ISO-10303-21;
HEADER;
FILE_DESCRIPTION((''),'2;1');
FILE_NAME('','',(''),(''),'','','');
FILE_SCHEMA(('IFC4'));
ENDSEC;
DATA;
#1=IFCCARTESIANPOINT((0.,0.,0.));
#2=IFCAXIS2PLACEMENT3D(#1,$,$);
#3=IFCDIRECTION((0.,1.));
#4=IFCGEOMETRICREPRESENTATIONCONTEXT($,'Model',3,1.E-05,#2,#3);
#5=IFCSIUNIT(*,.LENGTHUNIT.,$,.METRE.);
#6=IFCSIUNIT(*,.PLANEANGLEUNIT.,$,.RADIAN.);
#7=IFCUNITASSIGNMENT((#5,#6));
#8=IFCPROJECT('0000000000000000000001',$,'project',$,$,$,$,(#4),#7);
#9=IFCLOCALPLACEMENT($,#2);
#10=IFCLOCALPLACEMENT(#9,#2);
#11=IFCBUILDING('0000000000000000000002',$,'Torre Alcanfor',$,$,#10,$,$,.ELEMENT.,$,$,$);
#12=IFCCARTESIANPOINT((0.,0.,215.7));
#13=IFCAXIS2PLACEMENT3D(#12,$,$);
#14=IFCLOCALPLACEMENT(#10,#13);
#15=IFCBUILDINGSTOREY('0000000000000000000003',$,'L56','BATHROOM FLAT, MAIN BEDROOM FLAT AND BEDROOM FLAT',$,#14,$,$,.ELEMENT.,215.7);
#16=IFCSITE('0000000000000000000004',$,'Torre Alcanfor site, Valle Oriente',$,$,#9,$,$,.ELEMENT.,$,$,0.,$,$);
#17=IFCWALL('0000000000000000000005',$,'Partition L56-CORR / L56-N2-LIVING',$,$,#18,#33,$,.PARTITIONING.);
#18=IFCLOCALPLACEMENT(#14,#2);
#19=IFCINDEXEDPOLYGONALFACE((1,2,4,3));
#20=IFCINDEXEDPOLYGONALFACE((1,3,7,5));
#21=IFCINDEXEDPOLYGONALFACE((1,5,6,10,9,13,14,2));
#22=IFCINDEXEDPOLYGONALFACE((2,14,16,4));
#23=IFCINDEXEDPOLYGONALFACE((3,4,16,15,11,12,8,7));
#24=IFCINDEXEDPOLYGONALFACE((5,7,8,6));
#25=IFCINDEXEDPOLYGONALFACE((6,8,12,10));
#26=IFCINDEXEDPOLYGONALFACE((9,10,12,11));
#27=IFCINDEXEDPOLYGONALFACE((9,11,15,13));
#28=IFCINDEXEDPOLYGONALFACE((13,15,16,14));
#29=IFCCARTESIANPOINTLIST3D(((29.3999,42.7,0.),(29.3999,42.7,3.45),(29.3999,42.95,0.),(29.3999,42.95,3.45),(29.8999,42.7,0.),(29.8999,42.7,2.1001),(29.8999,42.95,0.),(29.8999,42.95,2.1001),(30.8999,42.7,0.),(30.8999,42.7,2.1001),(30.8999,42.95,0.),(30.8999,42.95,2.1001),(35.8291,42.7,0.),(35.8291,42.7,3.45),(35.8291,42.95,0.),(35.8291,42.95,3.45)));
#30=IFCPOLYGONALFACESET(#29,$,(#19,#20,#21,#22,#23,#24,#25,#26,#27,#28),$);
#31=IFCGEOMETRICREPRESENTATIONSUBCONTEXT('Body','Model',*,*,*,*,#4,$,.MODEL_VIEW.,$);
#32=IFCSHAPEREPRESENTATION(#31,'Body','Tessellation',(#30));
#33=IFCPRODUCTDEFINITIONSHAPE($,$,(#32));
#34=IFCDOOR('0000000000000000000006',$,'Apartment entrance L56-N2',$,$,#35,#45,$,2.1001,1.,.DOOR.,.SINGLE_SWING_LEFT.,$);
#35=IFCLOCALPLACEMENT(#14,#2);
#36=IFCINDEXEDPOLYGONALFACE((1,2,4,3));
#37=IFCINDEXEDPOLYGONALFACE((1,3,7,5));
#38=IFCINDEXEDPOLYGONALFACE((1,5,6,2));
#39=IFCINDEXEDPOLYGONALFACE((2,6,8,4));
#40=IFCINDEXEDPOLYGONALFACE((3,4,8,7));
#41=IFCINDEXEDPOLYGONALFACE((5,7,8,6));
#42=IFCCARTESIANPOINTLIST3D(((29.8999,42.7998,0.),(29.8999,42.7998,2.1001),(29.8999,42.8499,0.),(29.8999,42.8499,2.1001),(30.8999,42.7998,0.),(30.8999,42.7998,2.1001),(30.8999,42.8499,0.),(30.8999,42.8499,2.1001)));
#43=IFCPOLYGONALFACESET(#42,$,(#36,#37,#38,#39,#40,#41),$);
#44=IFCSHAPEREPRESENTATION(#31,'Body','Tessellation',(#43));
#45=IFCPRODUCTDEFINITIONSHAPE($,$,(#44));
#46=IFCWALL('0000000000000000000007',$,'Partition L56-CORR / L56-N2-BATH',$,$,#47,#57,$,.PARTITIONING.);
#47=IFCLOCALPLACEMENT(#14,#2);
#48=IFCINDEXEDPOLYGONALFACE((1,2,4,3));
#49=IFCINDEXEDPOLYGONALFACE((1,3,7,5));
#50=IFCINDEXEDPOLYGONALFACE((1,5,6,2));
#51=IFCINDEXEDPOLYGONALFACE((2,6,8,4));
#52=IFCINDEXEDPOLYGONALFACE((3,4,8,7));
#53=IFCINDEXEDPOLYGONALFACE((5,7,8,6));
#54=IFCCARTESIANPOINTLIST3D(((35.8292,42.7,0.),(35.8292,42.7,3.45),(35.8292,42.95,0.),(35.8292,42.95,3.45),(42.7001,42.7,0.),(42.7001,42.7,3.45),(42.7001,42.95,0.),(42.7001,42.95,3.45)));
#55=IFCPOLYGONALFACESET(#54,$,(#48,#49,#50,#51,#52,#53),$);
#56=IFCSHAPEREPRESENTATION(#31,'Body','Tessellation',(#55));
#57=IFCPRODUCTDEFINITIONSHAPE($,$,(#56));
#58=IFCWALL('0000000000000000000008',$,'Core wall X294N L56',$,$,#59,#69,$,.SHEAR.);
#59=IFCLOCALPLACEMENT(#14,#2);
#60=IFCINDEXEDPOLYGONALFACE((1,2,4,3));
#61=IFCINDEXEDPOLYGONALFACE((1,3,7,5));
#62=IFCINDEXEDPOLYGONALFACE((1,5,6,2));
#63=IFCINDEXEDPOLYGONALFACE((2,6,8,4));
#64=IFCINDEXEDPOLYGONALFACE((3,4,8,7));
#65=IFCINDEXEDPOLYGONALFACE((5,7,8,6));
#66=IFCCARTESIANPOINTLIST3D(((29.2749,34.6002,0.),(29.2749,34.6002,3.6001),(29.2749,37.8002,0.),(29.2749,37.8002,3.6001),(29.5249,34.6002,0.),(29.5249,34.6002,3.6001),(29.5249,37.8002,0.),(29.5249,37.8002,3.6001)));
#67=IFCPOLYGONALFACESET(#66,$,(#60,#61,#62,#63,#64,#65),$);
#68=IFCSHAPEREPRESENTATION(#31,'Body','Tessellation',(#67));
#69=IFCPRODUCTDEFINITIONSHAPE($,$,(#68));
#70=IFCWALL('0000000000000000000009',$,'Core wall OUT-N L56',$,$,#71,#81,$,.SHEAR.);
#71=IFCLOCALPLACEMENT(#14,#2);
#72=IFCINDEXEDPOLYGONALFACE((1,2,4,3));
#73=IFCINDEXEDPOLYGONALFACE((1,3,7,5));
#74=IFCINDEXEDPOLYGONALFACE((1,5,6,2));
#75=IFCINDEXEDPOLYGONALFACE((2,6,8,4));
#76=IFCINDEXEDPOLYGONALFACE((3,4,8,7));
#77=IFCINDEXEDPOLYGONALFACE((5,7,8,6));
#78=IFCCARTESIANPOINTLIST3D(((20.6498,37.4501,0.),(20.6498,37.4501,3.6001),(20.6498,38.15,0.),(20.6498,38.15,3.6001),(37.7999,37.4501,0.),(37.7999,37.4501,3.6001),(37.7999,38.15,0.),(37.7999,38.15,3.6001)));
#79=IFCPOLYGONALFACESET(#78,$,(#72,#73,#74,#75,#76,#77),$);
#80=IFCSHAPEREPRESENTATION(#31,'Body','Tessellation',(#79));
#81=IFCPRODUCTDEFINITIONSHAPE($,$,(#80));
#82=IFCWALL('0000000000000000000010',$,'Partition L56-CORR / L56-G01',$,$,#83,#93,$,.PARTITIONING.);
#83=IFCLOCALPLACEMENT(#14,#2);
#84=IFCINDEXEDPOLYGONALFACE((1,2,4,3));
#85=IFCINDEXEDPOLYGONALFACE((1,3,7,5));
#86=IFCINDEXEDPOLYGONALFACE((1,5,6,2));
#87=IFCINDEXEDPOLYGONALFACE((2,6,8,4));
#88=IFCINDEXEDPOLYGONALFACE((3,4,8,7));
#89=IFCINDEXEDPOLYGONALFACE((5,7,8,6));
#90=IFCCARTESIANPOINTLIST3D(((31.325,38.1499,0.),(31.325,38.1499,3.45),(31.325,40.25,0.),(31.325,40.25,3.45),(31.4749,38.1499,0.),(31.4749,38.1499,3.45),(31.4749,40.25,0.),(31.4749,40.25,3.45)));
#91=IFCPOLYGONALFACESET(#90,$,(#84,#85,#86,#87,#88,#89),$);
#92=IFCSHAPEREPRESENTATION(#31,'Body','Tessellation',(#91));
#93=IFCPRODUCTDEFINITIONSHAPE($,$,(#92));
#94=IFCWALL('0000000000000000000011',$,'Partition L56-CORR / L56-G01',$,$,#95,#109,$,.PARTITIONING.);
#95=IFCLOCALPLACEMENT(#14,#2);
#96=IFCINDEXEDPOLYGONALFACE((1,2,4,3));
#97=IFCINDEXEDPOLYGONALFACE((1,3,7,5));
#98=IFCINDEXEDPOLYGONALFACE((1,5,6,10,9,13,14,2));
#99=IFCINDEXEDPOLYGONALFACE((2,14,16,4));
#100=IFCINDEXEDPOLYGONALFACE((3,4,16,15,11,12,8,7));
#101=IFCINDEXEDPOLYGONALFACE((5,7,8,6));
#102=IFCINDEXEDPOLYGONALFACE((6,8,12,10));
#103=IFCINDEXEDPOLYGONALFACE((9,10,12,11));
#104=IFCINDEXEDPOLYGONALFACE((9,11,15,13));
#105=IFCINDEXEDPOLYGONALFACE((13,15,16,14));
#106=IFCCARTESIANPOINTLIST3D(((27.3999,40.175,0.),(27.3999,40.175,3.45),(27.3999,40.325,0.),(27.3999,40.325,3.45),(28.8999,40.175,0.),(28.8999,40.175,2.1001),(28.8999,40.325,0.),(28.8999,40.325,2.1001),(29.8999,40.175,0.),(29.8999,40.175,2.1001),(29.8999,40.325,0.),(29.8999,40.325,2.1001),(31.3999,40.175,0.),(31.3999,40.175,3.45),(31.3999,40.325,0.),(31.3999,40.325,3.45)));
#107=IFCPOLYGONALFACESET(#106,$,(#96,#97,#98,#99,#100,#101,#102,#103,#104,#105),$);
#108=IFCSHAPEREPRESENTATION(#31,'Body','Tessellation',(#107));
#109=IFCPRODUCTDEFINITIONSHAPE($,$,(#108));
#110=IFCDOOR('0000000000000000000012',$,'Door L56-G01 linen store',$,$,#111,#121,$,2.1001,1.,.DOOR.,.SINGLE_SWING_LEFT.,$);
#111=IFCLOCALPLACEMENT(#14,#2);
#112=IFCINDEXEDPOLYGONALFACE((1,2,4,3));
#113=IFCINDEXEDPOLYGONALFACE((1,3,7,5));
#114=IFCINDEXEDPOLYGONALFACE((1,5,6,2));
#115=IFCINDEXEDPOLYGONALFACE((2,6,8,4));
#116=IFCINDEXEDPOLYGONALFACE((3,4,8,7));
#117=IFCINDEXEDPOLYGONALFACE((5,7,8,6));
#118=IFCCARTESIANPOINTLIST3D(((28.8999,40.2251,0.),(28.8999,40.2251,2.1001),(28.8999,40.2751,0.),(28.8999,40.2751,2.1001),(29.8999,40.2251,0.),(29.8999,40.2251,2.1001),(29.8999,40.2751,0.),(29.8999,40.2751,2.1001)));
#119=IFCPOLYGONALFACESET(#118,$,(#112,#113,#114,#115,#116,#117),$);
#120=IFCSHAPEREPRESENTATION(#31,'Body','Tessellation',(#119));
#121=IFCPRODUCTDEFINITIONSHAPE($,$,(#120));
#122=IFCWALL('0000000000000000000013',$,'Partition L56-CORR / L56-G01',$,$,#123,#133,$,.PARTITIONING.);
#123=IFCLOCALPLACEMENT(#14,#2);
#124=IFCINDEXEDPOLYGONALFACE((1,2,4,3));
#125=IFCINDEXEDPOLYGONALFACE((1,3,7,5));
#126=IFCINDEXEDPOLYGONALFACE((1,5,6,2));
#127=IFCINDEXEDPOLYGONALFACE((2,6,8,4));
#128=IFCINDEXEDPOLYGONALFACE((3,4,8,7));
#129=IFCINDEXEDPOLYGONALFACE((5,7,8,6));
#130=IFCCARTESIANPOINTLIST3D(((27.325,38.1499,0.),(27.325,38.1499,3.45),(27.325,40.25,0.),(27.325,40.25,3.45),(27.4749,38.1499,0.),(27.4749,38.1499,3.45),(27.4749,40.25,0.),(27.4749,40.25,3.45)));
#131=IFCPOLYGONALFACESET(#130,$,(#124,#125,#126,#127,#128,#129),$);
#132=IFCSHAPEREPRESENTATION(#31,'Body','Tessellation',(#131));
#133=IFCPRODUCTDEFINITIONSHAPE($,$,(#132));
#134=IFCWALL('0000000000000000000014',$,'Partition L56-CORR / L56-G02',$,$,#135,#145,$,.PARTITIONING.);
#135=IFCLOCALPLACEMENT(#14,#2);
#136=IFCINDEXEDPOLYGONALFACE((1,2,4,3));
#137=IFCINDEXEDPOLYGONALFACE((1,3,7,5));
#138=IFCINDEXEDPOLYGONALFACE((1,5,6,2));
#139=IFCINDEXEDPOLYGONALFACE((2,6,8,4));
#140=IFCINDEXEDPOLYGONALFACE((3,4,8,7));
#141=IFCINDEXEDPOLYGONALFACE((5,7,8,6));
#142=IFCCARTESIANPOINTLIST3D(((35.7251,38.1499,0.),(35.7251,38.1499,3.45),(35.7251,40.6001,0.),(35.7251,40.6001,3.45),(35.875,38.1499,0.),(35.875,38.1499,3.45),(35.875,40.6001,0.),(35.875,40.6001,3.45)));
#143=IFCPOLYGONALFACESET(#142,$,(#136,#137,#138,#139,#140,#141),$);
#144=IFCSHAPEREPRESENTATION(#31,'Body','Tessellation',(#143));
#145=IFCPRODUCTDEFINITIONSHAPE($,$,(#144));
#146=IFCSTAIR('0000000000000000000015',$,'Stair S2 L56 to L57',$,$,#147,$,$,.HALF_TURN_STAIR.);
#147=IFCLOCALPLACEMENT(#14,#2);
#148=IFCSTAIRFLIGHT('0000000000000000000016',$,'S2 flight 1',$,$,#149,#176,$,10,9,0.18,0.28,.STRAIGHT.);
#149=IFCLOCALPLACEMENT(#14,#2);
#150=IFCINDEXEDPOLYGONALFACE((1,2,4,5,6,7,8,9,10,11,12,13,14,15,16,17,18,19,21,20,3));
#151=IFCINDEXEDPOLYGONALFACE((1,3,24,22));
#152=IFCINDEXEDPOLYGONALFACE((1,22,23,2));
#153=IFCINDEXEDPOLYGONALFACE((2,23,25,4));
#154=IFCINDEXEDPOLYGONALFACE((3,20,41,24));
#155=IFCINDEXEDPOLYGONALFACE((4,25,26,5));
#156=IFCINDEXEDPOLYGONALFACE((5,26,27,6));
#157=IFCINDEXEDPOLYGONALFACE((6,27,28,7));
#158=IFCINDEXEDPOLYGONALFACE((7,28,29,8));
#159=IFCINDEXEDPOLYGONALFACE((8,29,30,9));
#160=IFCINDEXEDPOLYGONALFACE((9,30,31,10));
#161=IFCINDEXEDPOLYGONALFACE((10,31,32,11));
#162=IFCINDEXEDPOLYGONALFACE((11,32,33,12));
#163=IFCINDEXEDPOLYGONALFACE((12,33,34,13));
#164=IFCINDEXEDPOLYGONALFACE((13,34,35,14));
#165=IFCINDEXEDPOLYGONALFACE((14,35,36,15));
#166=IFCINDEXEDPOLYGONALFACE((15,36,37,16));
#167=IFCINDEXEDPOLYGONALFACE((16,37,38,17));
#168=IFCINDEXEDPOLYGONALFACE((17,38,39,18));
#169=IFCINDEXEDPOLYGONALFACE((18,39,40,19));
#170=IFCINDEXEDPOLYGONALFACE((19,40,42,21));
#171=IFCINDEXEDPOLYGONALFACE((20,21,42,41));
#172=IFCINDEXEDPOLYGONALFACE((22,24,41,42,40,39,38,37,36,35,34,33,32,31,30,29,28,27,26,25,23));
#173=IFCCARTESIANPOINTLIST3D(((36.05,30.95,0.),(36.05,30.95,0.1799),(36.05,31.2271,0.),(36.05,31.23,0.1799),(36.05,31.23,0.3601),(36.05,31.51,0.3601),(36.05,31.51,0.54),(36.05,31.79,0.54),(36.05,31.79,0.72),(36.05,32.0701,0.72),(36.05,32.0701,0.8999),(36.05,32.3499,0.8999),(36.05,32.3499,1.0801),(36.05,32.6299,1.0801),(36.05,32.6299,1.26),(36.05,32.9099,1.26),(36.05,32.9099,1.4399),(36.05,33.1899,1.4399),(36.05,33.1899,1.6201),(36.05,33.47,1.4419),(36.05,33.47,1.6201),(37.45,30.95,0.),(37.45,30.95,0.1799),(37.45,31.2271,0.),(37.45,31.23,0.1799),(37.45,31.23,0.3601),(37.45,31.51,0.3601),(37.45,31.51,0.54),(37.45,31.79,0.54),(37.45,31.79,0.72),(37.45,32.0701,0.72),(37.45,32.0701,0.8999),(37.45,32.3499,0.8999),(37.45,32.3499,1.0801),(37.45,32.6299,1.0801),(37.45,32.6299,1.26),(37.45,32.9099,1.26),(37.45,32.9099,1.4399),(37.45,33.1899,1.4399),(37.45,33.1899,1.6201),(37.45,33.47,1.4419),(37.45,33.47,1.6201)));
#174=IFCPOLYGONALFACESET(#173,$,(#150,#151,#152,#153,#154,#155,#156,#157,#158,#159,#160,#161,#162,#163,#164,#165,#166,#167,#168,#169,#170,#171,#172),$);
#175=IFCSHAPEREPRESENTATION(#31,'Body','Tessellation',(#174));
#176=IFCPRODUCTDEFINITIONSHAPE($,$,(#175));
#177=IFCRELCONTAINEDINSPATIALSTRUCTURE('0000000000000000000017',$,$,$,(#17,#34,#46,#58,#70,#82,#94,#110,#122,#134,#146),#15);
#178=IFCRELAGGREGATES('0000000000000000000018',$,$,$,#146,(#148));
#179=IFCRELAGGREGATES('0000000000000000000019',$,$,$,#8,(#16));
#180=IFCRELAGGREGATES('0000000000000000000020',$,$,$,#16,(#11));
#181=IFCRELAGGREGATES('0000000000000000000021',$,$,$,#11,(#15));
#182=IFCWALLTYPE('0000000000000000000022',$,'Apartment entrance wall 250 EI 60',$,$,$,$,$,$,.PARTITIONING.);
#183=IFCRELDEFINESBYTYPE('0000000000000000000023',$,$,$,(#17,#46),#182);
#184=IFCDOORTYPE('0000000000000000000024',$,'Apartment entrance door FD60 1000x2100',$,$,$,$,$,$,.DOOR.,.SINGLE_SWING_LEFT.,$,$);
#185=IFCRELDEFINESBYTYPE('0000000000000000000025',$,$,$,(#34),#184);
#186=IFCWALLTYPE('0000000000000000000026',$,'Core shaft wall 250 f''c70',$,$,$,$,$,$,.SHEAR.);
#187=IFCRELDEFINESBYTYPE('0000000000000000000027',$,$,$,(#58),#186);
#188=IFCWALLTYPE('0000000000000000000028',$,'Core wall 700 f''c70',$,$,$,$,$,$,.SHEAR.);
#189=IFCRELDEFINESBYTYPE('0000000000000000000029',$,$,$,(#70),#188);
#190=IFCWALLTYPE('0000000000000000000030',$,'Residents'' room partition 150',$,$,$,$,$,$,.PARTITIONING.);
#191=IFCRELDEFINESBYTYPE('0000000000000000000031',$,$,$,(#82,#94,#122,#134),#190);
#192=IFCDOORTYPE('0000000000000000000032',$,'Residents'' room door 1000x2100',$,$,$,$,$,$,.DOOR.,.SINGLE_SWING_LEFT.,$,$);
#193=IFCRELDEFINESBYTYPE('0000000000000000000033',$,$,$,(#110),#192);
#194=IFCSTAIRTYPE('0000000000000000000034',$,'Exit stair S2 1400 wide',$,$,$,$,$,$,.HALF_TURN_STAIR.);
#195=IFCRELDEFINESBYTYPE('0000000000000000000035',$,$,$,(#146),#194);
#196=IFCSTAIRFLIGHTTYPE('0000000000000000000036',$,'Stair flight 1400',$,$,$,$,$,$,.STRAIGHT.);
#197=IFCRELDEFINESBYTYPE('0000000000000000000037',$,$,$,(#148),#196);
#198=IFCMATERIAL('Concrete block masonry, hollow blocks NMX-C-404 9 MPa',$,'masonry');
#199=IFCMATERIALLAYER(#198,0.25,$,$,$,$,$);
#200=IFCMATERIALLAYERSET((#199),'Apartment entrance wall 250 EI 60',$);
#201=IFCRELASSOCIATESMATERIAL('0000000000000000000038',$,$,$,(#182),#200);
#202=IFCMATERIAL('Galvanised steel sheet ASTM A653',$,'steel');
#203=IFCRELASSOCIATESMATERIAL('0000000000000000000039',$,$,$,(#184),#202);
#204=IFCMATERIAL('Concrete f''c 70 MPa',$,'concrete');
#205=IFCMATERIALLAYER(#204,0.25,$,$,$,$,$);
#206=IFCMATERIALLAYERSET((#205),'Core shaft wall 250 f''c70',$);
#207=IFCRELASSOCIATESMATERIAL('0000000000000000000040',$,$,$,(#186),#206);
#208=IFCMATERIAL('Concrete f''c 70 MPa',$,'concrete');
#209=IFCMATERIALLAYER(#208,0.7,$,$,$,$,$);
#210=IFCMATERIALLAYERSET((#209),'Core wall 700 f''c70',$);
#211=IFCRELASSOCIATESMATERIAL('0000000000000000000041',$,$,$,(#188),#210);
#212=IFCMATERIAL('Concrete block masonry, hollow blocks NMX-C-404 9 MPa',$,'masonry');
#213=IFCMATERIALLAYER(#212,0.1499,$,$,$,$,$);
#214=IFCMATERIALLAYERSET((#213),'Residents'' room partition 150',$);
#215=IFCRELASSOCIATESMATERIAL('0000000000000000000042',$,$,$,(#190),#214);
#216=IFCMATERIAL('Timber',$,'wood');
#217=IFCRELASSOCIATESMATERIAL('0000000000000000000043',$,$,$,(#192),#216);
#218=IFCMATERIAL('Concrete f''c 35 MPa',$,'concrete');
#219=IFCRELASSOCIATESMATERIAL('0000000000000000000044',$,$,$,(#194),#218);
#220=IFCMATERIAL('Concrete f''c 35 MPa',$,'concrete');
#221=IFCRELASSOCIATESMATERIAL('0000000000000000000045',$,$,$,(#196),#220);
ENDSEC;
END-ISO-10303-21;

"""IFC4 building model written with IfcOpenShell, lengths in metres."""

from ifc_helpers import new_model, si_unit, direction, frame, frame_2d, origin, place, context, subcontext, project, spatial, polyline, rectangle, outline, extrude, material, layer, layer_set, type_object, element, fill, aggregate, save


model = new_model("IFC4")

# Units and contexts
model_context = context("Model", 3, precision=1e-05, world=origin(), true_north=direction((0.0, 1.0)))
body_context = subcontext(model_context, "Body", "Model", "MODEL_VIEW")
ifc_project = project(units=[si_unit("LENGTHUNIT", "METRE"), si_unit("PLANEANGLEUNIT", "RADIAN")], contexts=[model_context])

# Site, building, storey
site_placement = place(None, origin())
site = spatial("IfcSite", under=ifc_project, at=site_placement, Name="Torre Alcanfor site, Valle Oriente", CompositionType="ELEMENT", RefElevation=0.0)
building_placement = place(site_placement, origin())
building = spatial("IfcBuilding", under=site, at=building_placement, Name="Torre Alcanfor", CompositionType="ELEMENT")
storey_placement = place(building_placement, frame((0.0, 0.0, 215.7)))
storey = spatial("IfcBuildingStorey", under=building, at=storey_placement, Name="L56", Description="BATHROOM FLAT, MAIN BEDROOM FLAT AND BEDROOM FLAT", CompositionType="ELEMENT", Elevation=215.7)

# Wall, opening, door
ifc_material_1 = material(Name="Concrete block masonry, hollow blocks NMX-C-404 9 MPa", Category="masonry")
ifc_layer_1 = layer(ifc_material_1, 0.25)
ifc_layer_set_1 = layer_set([ifc_layer_1], Name="Apartment entrance wall 250 EI 60")
wall_type_1 = type_object("IfcWallType", Name="Apartment entrance wall 250 EI 60", PredefinedType="PARTITIONING", material=ifc_layer_set_1)
wall_1_placement = place(storey_placement, frame((29.3999, 42.825, 0.0), z_axis=(0.0, 0.0, 1.0), x_axis=(1.0, 0.0, 0.0)))
wall_1 = element("IfcWall", 1, at=wall_1_placement, inside=storey, type_object=wall_type_1, Name="Partition L56-CORR / L56-N2-LIVING", PredefinedType="PARTITIONING", context=body_context, shape_type="SweptSolid", body=[
    extrude(rectangle(XDim=6.4292, YDim=0.25, at=frame_2d((3.2146, 0.0))), origin(), (0.0, 0.0, 1.0), 3.45),
])
opening_1_placement = place(wall_1_placement, frame((0.5, 0.0, 0.0)))
opening_1 = element("IfcOpeningElement", 2, at=opening_1_placement, cuts=wall_1, PredefinedType="OPENING", context=body_context, shape_type="SweptSolid", body=[
    extrude(rectangle(XDim=1.0, YDim=2.1001, at=frame_2d((0.5, 1.05))), frame((0.0, 0.135, 0.0), z_axis=(0.0, -1.0, 0.0), x_axis=(1.0, 0.0, 0.0)), (0.0, 0.0, 1.0), 0.27),
])
ifc_material_2 = material(Name="Galvanised steel sheet ASTM A653", Category="steel")
door_type_1 = type_object("IfcDoorType", Name="Apartment entrance door FD60 1000x2100", OperationType="SINGLE_SWING_LEFT", PredefinedType="DOOR", material=ifc_material_2)
door_1_placement = place(opening_1_placement, origin())
door_1 = element("IfcDoor", 3, at=door_1_placement, inside=storey, type_object=door_type_1, Name="Apartment entrance L56-N2", OperationType="SINGLE_SWING_LEFT", OverallHeight=2.1001, OverallWidth=1.0, PredefinedType="DOOR", context=body_context, shape_type="SweptSolid", body=[
    extrude(rectangle(XDim=1.0, YDim=2.1001, at=frame_2d((0.5, 1.05))), frame((0.0, 0.0249, 0.0), z_axis=(0.0, -1.0, 0.0), x_axis=(1.0, 0.0, 0.0)), (0.0, 0.0, 1.0), 0.05),
])
fill(opening_1, door_1)

# Walls
wall_2_placement = place(storey_placement, frame((35.8291, 42.825, 0.0), z_axis=(0.0, 0.0, 1.0), x_axis=(1.0, 0.0, 0.0)))
element("IfcWall", 4, at=wall_2_placement, inside=storey, type_object=wall_type_1, Name="Partition L56-CORR / L56-N2-BATH", PredefinedType="PARTITIONING", context=body_context, shape_type="SweptSolid", body=[
    extrude(rectangle(XDim=6.8708, YDim=0.25, at=frame_2d((3.4355, 0.0))), origin(), (0.0, 0.0, 1.0), 3.45),
])
ifc_material_3 = material(Name="Concrete f'c 70 MPa", Category="concrete")
ifc_layer_2 = layer(ifc_material_3, 0.25)
ifc_layer_set_2 = layer_set([ifc_layer_2], Name="Core shaft wall 250 f'c70")
wall_type_2 = type_object("IfcWallType", Name="Core shaft wall 250 f'c70", PredefinedType="SHEAR", material=ifc_layer_set_2)
wall_3_placement = place(storey_placement, frame((29.3999, 34.6001, 0.0), z_axis=(0.0, 0.0, 1.0), x_axis=(0.0, 1.0, 0.0)))
element("IfcWall", 5, at=wall_3_placement, inside=storey, type_object=wall_type_2, Name="Core wall X294N L56", PredefinedType="SHEAR", context=body_context, shape_type="SweptSolid", body=[
    extrude(rectangle(XDim=3.2, YDim=0.25, at=frame_2d((1.6001, 0.0))), origin(), (0.0, 0.0, 1.0), 3.6001),
])
ifc_material_4 = material(Name="Concrete f'c 70 MPa", Category="concrete")
ifc_layer_3 = layer(ifc_material_4, 0.7)
ifc_layer_set_3 = layer_set([ifc_layer_3], Name="Core wall 700 f'c70")
wall_type_3 = type_object("IfcWallType", Name="Core wall 700 f'c70", PredefinedType="SHEAR", material=ifc_layer_set_3)
wall_4_placement = place(storey_placement, frame((37.8, 37.8, 0.0), z_axis=(0.0, 0.0, 1.0), x_axis=(-1.0, 0.0, 0.0)))
element("IfcWall", 6, at=wall_4_placement, inside=storey, type_object=wall_type_3, Name="Core wall OUT-N L56", PredefinedType="SHEAR", context=body_context, shape_type="SweptSolid", body=[
    extrude(rectangle(XDim=17.1501, YDim=0.7, at=frame_2d((8.5752, 0.0))), origin(), (0.0, 0.0, 1.0), 3.6001),
])
ifc_material_5 = material(Name="Concrete block masonry, hollow blocks NMX-C-404 9 MPa", Category="masonry")
ifc_layer_4 = layer(ifc_material_5, 0.1499)
ifc_layer_set_4 = layer_set([ifc_layer_4], Name="Residents' room partition 150")
wall_type_4 = type_object("IfcWallType", Name="Residents' room partition 150", PredefinedType="PARTITIONING", material=ifc_layer_set_4)
wall_5_placement = place(storey_placement, frame((31.3999, 38.1499, 0.0), z_axis=(0.0, 0.0, 1.0), x_axis=(0.0, 1.0, 0.0)))
element("IfcWall", 7, at=wall_5_placement, inside=storey, type_object=wall_type_4, Name="Partition L56-CORR / L56-G01", PredefinedType="PARTITIONING", context=body_context, shape_type="SweptSolid", body=[
    extrude(rectangle(XDim=2.1001, YDim=0.1499, at=frame_2d((1.05, 0.0))), origin(), (0.0, 0.0, 1.0), 3.45),
])

# Wall, opening, door
wall_6_placement = place(storey_placement, frame((31.3999, 40.25, 0.0), z_axis=(0.0, 0.0, 1.0), x_axis=(-1.0, 0.0, 0.0)))
wall_6 = element("IfcWall", 8, at=wall_6_placement, inside=storey, type_object=wall_type_4, Name="Partition L56-CORR / L56-G01", PredefinedType="PARTITIONING", context=body_context, shape_type="SweptSolid", body=[
    extrude(rectangle(XDim=4.0, YDim=0.1499, at=frame_2d((2.0, 0.0))), origin(), (0.0, 0.0, 1.0), 3.45),
])
opening_2_placement = place(wall_6_placement, frame((1.5, 0.0, 0.0)))
opening_2 = element("IfcOpeningElement", 9, at=opening_2_placement, cuts=wall_6, PredefinedType="OPENING", context=body_context, shape_type="SweptSolid", body=[
    extrude(rectangle(XDim=1.0, YDim=2.1001, at=frame_2d((0.5, 1.05))), frame((0.0, 0.085, 0.0), z_axis=(0.0, -1.0, 0.0), x_axis=(1.0, 0.0, 0.0)), (0.0, 0.0, 1.0), 0.1699),
])
ifc_material_6 = material(Name="Timber", Category="wood")
door_type_2 = type_object("IfcDoorType", Name="Residents' room door 1000x2100", OperationType="SINGLE_SWING_LEFT", PredefinedType="DOOR", material=ifc_material_6)
door_2_placement = place(opening_2_placement, origin())
door_2 = element("IfcDoor", 10, at=door_2_placement, inside=storey, type_object=door_type_2, Name="Door L56-G01 linen store", OperationType="SINGLE_SWING_LEFT", OverallHeight=2.1001, OverallWidth=1.0, PredefinedType="DOOR", context=body_context, shape_type="SweptSolid", body=[
    extrude(rectangle(XDim=1.0, YDim=2.1001, at=frame_2d((0.5, 1.05))), frame((0.0, 0.0249, 0.0), z_axis=(0.0, -1.0, 0.0), x_axis=(1.0, 0.0, 0.0)), (0.0, 0.0, 1.0), 0.05),
])
fill(opening_2, door_2)

# Walls
wall_7_placement = place(storey_placement, frame((27.3999, 40.25, 0.0), z_axis=(0.0, 0.0, 1.0), x_axis=(0.0, -1.0, 0.0)))
element("IfcWall", 11, at=wall_7_placement, inside=storey, type_object=wall_type_4, Name="Partition L56-CORR / L56-G01", PredefinedType="PARTITIONING", context=body_context, shape_type="SweptSolid", body=[
    extrude(rectangle(XDim=2.1001, YDim=0.1499, at=frame_2d((1.05, 0.0))), origin(), (0.0, 0.0, 1.0), 3.45),
])
wall_8_placement = place(storey_placement, frame((35.8, 40.6001, 0.0), z_axis=(0.0, 0.0, 1.0), x_axis=(0.0, -1.0, 0.0)))
element("IfcWall", 12, at=wall_8_placement, inside=storey, type_object=wall_type_4, Name="Partition L56-CORR / L56-G02", PredefinedType="PARTITIONING", context=body_context, shape_type="SweptSolid", body=[
    extrude(rectangle(XDim=2.4502, YDim=0.1499, at=frame_2d((1.2251, 0.0))), origin(), (0.0, 0.0, 1.0), 3.45),
])

# Stair, stair flight
ifc_material_7 = material(Name="Concrete f'c 35 MPa", Category="concrete")
stair_type = type_object("IfcStairType", Name="Exit stair S2 1400 wide", PredefinedType="HALF_TURN_STAIR", material=ifc_material_7)
stair_placement = place(storey_placement, origin())
stair = element("IfcStair", 13, at=stair_placement, inside=storey, type_object=stair_type, Name="Stair S2 L56 to L57", PredefinedType="HALF_TURN_STAIR")
ifc_material_8 = material(Name="Concrete f'c 35 MPa", Category="concrete")
stair_flight_type = type_object("IfcStairFlightType", Name="Stair flight 1400", PredefinedType="STRAIGHT", material=ifc_material_8)
stair_flight_1_placement = place(storey_placement, frame((36.75, 30.95, 0.0), z_axis=(0.0, 0.0, 1.0), x_axis=(0.0, 1.0, 0.0)))
stair_flight_1 = element("IfcStairFlight", 14, at=stair_flight_1_placement, type_object=stair_flight_type, Name="S2 flight 1", NumberOfRisers=10, NumberOfTreads=9, PredefinedType="STRAIGHT", RiserHeight=0.18, TreadLength=0.28, context=body_context, shape_type="SweptSolid", body=[
    extrude(outline(polyline([(0.0, 0.0), (0.0, 0.1799), (0.28, 0.1799), (0.28, 0.3601), (0.5601, 0.3601), (0.5601, 0.54), (0.8401, 0.54), (0.8401, 0.72), (1.1201, 0.72), (1.1201, 0.8999), (1.3999, 0.8999), (1.3999, 1.0801), (1.6799, 1.0801), (1.6799, 1.26), (1.96, 1.26), (1.96, 1.4399), (2.24, 1.4399), (2.24, 1.6201), (2.52, 1.6201), (2.52, 1.8), (2.52, 1.4419), (0.2771, 0.0), (0.0, 0.0)])), frame((0.0, 0.7, 0.0), z_axis=(0.0, -1.0, 0.0), x_axis=(1.0, 0.0, 0.0)), (0.0, 0.0, 1.0), 1.3999),
])
aggregate(stair, [stair_flight_1])

save(model, "model.ifc")
